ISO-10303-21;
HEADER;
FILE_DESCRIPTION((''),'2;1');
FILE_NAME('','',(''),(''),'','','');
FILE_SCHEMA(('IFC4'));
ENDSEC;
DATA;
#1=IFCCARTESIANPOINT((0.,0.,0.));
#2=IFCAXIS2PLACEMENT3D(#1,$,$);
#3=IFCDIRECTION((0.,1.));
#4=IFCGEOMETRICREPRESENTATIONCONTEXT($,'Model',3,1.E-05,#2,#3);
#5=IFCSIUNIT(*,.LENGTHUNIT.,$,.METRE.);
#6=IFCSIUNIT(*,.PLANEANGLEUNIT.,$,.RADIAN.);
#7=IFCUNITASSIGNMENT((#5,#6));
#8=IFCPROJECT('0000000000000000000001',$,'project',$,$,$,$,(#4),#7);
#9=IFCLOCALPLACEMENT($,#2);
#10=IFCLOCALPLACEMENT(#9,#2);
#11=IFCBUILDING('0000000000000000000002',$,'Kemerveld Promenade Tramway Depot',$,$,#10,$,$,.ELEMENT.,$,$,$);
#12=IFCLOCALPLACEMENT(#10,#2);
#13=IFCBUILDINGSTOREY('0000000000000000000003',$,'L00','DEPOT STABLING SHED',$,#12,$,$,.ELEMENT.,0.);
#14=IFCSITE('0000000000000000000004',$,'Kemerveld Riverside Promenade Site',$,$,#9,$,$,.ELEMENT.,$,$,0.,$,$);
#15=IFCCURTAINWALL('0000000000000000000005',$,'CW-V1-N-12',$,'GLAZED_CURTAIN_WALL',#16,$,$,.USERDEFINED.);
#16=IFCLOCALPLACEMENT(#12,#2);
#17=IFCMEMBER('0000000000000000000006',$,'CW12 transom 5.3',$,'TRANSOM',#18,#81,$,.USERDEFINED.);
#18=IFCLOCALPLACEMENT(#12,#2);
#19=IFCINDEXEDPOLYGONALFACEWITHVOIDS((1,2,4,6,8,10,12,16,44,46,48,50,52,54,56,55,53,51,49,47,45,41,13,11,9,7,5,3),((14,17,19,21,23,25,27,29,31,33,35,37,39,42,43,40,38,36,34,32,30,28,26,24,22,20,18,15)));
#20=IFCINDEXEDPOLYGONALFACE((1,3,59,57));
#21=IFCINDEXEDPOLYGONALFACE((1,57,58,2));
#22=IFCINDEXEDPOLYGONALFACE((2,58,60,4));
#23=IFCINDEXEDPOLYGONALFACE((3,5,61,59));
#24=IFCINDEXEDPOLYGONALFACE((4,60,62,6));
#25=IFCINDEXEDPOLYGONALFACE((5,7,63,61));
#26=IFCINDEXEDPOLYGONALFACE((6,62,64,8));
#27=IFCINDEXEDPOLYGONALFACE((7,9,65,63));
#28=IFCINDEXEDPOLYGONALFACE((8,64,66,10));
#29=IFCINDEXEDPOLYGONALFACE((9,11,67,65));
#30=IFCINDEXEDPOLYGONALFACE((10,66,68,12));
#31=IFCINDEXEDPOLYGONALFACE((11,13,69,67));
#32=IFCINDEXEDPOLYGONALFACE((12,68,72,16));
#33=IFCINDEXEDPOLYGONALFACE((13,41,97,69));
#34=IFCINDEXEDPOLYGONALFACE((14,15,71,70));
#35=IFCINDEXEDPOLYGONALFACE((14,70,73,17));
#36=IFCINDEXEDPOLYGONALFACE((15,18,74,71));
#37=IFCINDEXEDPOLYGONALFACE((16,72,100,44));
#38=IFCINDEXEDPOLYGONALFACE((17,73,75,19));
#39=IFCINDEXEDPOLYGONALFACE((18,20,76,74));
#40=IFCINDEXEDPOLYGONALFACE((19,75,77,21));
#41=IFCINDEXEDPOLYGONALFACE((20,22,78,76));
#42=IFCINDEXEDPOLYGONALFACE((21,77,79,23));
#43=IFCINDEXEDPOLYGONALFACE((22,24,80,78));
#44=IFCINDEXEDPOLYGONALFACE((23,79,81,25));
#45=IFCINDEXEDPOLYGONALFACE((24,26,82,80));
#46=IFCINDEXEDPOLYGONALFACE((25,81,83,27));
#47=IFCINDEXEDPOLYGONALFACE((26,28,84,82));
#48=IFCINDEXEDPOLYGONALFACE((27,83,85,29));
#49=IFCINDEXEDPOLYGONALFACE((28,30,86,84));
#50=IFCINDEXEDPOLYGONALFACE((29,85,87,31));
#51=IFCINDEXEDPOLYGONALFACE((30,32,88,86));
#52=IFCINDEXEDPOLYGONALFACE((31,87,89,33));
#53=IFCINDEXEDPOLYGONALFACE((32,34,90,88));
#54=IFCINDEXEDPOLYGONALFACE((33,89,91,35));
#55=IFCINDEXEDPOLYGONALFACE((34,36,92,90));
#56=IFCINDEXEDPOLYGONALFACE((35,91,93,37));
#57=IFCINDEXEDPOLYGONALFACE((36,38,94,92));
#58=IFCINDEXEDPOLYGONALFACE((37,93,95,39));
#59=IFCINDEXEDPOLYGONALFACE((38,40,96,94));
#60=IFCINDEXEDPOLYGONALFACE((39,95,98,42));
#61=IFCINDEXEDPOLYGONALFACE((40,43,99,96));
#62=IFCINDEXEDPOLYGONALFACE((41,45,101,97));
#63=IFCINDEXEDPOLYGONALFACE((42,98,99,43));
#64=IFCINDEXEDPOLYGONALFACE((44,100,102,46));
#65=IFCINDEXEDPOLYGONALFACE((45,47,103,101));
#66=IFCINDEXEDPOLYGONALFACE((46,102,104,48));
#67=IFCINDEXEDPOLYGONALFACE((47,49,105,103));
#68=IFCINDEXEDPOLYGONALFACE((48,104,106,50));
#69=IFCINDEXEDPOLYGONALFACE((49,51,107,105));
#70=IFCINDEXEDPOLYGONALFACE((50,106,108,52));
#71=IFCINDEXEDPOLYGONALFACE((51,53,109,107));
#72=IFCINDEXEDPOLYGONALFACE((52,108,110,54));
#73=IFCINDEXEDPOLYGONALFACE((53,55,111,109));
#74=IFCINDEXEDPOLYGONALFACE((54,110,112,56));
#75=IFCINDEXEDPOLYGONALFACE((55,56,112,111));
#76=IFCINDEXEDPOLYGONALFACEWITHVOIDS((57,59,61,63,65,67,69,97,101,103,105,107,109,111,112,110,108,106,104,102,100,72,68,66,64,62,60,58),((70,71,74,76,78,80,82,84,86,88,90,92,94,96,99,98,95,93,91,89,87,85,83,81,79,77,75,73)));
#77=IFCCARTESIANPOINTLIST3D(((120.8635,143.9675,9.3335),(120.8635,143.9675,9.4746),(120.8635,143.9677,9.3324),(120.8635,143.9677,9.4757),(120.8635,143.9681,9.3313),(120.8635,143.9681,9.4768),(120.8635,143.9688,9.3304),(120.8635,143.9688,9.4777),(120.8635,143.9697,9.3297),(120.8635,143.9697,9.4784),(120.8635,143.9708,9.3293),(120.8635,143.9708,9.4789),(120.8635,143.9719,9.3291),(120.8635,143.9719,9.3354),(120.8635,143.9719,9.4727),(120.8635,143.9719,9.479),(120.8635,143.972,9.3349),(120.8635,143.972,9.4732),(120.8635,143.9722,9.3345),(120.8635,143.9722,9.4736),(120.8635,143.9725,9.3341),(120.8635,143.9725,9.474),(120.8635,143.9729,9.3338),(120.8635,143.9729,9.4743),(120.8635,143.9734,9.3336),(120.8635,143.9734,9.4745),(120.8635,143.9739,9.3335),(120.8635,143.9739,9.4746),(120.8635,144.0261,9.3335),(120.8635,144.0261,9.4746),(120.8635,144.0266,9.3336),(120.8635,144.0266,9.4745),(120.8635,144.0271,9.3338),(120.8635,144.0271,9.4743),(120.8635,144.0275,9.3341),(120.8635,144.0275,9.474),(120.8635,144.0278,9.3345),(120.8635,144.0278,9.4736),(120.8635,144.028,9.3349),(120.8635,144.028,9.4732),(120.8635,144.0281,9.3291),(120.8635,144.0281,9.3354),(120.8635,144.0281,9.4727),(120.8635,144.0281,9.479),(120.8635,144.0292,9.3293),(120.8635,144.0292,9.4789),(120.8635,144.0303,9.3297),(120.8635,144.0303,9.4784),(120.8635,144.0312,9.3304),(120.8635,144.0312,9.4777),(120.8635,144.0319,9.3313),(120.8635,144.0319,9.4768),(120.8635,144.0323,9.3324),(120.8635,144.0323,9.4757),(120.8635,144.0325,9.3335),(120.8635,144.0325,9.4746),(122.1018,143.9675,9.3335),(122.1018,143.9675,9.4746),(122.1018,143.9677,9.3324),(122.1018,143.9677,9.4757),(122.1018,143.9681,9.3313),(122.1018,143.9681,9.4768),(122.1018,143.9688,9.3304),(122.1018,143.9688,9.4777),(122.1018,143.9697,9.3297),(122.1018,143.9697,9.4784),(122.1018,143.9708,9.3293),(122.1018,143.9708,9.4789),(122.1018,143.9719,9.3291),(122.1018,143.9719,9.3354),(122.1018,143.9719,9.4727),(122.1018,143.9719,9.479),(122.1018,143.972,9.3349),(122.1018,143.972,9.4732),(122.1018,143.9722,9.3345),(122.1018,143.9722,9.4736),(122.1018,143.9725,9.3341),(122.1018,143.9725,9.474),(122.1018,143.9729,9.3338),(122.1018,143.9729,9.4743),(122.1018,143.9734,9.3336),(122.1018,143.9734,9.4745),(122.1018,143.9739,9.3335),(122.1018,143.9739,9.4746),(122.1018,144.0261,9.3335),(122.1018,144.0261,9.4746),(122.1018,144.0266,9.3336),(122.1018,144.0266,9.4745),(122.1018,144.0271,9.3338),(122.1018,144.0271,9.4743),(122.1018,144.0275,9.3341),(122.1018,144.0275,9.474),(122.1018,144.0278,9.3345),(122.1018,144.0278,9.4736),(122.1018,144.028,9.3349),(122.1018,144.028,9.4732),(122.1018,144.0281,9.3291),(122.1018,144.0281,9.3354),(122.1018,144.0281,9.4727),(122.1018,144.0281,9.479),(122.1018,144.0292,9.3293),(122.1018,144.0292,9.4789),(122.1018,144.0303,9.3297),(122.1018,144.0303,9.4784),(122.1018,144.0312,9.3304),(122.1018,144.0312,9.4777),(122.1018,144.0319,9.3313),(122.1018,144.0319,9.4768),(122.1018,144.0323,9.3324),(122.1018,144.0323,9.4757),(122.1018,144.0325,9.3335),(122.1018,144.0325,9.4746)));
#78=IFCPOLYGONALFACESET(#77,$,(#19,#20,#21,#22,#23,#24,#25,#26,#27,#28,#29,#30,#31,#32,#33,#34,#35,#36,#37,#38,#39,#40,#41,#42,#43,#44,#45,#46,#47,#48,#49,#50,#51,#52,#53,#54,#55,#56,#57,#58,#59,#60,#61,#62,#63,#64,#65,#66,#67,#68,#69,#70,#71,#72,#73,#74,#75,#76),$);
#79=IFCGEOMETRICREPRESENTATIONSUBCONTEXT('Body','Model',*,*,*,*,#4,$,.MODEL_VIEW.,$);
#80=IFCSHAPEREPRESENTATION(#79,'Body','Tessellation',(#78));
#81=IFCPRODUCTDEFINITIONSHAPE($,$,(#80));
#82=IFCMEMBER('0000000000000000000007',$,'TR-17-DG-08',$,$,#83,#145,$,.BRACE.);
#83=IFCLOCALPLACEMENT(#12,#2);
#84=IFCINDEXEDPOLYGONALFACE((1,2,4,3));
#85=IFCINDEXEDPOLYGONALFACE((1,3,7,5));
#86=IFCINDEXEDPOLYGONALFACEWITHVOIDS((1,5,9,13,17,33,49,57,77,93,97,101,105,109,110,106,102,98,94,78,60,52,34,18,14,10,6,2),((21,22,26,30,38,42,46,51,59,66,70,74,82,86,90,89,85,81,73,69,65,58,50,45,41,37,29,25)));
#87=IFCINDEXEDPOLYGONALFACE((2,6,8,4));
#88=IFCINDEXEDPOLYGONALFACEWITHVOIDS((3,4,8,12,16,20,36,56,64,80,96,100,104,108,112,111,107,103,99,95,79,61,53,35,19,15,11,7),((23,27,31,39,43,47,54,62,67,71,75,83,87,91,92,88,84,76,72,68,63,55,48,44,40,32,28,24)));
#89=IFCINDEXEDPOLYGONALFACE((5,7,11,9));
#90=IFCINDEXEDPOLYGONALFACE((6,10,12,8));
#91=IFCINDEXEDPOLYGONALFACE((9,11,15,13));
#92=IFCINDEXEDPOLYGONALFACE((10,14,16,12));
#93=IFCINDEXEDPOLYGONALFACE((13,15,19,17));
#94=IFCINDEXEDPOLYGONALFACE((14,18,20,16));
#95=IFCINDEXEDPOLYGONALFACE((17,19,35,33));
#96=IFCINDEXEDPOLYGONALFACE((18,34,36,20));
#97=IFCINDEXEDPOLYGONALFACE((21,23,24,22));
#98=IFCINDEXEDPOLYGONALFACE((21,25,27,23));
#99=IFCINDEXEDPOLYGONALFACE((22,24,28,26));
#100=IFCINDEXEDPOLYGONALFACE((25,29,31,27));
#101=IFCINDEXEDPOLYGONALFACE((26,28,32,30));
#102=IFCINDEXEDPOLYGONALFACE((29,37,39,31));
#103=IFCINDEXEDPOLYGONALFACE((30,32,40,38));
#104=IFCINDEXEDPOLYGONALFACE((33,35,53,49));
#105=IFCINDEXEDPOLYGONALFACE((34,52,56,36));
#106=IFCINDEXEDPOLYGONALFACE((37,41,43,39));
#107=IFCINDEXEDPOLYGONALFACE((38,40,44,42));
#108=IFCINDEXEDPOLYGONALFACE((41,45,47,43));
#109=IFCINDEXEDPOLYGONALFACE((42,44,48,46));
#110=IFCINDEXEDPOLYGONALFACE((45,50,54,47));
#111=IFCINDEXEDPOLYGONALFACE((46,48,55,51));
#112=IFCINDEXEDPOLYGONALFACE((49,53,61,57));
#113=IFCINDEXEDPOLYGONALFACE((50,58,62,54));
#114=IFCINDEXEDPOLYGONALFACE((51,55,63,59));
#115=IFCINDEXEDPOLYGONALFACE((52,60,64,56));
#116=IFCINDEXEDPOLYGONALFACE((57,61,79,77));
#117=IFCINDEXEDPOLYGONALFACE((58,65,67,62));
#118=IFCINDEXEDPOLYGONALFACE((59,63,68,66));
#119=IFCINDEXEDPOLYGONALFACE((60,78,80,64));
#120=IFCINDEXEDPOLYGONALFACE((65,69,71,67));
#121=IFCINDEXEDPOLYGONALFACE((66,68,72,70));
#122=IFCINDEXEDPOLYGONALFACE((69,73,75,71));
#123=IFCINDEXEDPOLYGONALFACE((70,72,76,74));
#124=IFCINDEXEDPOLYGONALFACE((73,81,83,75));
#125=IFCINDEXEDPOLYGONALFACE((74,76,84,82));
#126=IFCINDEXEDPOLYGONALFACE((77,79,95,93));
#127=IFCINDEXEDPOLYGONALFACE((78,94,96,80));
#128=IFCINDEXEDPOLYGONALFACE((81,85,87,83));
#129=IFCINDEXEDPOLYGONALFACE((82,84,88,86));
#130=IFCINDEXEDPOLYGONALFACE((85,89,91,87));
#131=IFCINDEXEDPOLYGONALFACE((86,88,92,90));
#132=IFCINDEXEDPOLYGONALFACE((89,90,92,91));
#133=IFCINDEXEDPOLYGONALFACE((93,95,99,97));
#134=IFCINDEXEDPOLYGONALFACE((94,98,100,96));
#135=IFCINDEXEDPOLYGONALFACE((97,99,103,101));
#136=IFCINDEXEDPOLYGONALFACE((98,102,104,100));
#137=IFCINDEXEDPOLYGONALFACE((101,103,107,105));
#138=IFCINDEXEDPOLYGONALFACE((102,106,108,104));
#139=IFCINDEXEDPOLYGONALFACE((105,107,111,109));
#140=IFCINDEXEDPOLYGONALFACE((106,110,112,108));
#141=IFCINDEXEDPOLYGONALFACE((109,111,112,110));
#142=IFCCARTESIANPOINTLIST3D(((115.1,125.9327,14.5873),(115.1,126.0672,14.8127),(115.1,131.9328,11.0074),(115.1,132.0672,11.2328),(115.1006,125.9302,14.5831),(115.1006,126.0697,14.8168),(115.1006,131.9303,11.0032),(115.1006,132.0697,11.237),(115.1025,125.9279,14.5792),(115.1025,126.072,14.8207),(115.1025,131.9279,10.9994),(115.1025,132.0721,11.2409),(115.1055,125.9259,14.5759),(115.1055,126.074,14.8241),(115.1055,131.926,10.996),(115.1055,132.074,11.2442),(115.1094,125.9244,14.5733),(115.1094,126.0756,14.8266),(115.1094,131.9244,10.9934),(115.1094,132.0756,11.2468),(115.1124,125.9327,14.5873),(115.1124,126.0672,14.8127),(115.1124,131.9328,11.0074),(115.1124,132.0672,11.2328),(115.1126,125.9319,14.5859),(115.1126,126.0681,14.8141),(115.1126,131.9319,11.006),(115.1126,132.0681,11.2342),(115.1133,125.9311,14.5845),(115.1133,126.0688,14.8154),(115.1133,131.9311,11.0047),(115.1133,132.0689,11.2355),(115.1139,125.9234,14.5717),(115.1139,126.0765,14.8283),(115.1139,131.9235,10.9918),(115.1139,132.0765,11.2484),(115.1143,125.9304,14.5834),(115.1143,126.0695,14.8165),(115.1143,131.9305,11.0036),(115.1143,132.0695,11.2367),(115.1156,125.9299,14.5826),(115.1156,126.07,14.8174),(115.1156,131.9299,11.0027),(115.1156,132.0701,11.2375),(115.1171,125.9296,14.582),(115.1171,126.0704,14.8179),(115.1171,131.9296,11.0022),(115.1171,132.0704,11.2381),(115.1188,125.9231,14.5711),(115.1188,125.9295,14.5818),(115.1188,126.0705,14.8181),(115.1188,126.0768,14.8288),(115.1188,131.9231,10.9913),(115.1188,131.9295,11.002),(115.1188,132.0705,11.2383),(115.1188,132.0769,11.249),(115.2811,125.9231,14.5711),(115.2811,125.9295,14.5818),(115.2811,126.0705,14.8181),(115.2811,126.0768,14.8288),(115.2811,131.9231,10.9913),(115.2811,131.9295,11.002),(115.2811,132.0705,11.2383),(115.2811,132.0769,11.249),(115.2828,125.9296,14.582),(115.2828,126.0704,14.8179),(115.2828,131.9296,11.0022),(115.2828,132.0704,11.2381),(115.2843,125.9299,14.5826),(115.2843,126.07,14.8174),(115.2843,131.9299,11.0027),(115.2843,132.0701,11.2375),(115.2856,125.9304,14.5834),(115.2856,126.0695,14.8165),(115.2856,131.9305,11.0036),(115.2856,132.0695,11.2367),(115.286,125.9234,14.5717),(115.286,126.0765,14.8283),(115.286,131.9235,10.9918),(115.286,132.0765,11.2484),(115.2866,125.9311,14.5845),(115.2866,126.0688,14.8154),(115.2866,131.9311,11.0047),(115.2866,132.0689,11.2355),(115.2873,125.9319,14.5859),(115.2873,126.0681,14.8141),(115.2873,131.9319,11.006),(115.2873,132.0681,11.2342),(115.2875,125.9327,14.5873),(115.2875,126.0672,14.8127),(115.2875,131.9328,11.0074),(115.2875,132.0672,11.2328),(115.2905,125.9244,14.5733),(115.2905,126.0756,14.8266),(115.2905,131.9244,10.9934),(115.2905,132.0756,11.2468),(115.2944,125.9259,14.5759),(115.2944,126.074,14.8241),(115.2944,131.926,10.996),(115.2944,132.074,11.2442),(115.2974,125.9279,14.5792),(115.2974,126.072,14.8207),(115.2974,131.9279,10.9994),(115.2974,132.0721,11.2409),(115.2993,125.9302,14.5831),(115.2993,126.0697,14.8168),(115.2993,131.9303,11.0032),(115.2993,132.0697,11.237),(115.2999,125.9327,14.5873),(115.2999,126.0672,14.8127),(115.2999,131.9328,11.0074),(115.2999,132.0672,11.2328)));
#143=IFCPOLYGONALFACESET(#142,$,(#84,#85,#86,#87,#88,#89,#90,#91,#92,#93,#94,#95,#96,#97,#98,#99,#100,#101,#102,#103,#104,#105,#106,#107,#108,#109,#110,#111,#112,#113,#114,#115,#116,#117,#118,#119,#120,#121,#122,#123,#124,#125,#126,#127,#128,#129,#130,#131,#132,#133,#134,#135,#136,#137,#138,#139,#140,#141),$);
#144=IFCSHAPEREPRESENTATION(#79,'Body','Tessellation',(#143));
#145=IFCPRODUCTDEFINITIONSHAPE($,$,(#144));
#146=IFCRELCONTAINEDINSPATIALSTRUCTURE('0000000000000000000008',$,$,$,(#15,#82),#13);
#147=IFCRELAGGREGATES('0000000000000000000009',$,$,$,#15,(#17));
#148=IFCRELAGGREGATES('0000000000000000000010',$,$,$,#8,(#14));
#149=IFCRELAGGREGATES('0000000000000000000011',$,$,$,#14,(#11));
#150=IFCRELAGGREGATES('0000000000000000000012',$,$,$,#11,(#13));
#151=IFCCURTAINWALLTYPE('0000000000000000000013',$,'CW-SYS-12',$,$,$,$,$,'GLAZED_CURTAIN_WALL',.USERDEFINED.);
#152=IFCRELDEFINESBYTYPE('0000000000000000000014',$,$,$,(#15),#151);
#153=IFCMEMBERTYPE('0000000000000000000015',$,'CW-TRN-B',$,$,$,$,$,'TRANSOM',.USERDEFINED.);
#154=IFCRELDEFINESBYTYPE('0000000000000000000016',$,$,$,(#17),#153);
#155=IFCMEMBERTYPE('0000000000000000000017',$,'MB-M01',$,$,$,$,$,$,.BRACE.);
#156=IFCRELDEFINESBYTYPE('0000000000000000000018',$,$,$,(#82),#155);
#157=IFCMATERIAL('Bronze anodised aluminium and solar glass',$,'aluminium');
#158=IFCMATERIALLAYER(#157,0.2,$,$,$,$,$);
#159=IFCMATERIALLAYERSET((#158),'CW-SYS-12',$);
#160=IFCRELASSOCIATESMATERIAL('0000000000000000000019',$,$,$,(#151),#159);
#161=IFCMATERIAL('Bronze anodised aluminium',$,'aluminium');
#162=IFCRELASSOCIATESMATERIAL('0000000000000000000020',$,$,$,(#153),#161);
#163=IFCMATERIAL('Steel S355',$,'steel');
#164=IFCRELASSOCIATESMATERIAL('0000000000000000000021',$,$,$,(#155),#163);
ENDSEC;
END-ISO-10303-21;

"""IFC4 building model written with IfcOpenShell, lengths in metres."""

from ifc_helpers import new_model, si_unit, direction, frame, origin, origin_2d, place, context, subcontext, project, spatial, hollow_rectangle, extrude, material, layer, layer_set, material_profile, profile_set, type_object, element, aggregate, save


model = new_model("IFC4")

# Units and contexts
model_context = context("Model", 3, precision=1e-05, world=origin(), true_north=direction((0.0, 1.0)))
body_context = subcontext(model_context, "Body", "Model", "MODEL_VIEW")
ifc_project = project(units=[si_unit("LENGTHUNIT", "METRE"), si_unit("PLANEANGLEUNIT", "RADIAN")], contexts=[model_context])

# Site, building, storey
site_placement = place(None, origin())
site = spatial("IfcSite", under=ifc_project, at=site_placement, Name="Kemerveld Riverside Promenade Site", CompositionType="ELEMENT", RefElevation=0.0)
building_placement = place(site_placement, origin())
building = spatial("IfcBuilding", under=site, at=building_placement, Name="Kemerveld Promenade Tramway Depot", CompositionType="ELEMENT")
storey_placement = place(building_placement, origin())
storey = spatial("IfcBuildingStorey", under=building, at=storey_placement, Name="L00", Description="DEPOT STABLING SHED", CompositionType="ELEMENT", Elevation=0.0)

# Shared definitions
ifc_material_1 = material(Name="Steel S355", Category="steel")

# Curtain wall, member
ifc_material_2 = material(Name="Bronze anodised aluminium and solar glass", Category="aluminium")
ifc_layer_1 = layer(ifc_material_2, 0.2)
ifc_layer_set_1 = layer_set([ifc_layer_1], Name="CW-SYS-12")
curtain_wall_type_1 = type_object("IfcCurtainWallType", Name="CW-SYS-12", ElementType="GLAZED_CURTAIN_WALL", PredefinedType="USERDEFINED", material=ifc_layer_set_1)
curtain_wall_1_placement = place(storey_placement, origin())
curtain_wall_1 = element("IfcCurtainWall", 1, at=curtain_wall_1_placement, inside=storey, type_object=curtain_wall_type_1, Name="CW-V1-N-12", ObjectType="GLAZED_CURTAIN_WALL", PredefinedType="USERDEFINED")
ifc_material_3 = material(Name="Bronze anodised aluminium", Category="aluminium")
ifc_material_profile_1 = material_profile(ifc_material_3, hollow_rectangle(XDim=0.0649, YDim=0.1499, WallThickness=0.0044, InnerFilletRadius=0.002, OuterFilletRadius=0.0044, at=origin_2d()), Name="CW-TRN-150x65")
ifc_profile_set_1 = profile_set([ifc_material_profile_1], Name="Bronze anodised aluminium")
member_type_1 = type_object("IfcMemberType", Name="CW-TRN-B", ElementType="TRANSOM", PredefinedType="USERDEFINED", material=ifc_profile_set_1)
member_1_placement = place(storey_placement, frame((120.8635, 144.0, 9.4041), z_axis=(1.0, 0.0, 0.0), x_axis=(0.0, 1.0, 0.0)))
member_1 = element("IfcMember", 2, at=member_1_placement, type_object=member_type_1, Name="CW12 transom 5.3", ObjectType="TRANSOM", PredefinedType="USERDEFINED", context=body_context, shape_type="SweptSolid", body=[
    extrude(hollow_rectangle(XDim=0.0649, YDim=0.1499, WallThickness=0.0044, InnerFilletRadius=0.002, OuterFilletRadius=0.0044, at=origin_2d()), origin(), (0.0, 0.0, 1.0), 1.2383),
])

# Member
ifc_material_profile_2 = material_profile(ifc_material_1, hollow_rectangle(XDim=0.2, YDim=0.3, WallThickness=0.0125, InnerFilletRadius=0.0063, OuterFilletRadius=0.0188, at=origin_2d()), Name="300x200x12.5 RHS")
ifc_profile_set_2 = profile_set([ifc_material_profile_2], Name="Steel S355")
member_type_2 = type_object("IfcMemberType", Name="MB-M01", PredefinedType="BRACE", material=ifc_profile_set_2)
member_2_placement = place(storey_placement, frame((115.2, 132.0, 11.1201), z_axis=(0.0, -0.858764, 0.512372), x_axis=(1.0, 0.0, 0.0)))
element("IfcMember", 3, at=member_2_placement, inside=storey, type_object=member_type_2, Name="TR-17-DG-08", PredefinedType="BRACE", context=body_context, shape_type="SweptSolid", body=[
    extrude(hollow_rectangle(XDim=0.2, YDim=0.3, WallThickness=0.0125, InnerFilletRadius=0.0063, OuterFilletRadius=0.0188, at=origin_2d()), origin(), (0.0, 0.0, 1.0), 6.9868),
])

aggregate(curtain_wall_1, [member_1])

save(model, "model.ifc")
